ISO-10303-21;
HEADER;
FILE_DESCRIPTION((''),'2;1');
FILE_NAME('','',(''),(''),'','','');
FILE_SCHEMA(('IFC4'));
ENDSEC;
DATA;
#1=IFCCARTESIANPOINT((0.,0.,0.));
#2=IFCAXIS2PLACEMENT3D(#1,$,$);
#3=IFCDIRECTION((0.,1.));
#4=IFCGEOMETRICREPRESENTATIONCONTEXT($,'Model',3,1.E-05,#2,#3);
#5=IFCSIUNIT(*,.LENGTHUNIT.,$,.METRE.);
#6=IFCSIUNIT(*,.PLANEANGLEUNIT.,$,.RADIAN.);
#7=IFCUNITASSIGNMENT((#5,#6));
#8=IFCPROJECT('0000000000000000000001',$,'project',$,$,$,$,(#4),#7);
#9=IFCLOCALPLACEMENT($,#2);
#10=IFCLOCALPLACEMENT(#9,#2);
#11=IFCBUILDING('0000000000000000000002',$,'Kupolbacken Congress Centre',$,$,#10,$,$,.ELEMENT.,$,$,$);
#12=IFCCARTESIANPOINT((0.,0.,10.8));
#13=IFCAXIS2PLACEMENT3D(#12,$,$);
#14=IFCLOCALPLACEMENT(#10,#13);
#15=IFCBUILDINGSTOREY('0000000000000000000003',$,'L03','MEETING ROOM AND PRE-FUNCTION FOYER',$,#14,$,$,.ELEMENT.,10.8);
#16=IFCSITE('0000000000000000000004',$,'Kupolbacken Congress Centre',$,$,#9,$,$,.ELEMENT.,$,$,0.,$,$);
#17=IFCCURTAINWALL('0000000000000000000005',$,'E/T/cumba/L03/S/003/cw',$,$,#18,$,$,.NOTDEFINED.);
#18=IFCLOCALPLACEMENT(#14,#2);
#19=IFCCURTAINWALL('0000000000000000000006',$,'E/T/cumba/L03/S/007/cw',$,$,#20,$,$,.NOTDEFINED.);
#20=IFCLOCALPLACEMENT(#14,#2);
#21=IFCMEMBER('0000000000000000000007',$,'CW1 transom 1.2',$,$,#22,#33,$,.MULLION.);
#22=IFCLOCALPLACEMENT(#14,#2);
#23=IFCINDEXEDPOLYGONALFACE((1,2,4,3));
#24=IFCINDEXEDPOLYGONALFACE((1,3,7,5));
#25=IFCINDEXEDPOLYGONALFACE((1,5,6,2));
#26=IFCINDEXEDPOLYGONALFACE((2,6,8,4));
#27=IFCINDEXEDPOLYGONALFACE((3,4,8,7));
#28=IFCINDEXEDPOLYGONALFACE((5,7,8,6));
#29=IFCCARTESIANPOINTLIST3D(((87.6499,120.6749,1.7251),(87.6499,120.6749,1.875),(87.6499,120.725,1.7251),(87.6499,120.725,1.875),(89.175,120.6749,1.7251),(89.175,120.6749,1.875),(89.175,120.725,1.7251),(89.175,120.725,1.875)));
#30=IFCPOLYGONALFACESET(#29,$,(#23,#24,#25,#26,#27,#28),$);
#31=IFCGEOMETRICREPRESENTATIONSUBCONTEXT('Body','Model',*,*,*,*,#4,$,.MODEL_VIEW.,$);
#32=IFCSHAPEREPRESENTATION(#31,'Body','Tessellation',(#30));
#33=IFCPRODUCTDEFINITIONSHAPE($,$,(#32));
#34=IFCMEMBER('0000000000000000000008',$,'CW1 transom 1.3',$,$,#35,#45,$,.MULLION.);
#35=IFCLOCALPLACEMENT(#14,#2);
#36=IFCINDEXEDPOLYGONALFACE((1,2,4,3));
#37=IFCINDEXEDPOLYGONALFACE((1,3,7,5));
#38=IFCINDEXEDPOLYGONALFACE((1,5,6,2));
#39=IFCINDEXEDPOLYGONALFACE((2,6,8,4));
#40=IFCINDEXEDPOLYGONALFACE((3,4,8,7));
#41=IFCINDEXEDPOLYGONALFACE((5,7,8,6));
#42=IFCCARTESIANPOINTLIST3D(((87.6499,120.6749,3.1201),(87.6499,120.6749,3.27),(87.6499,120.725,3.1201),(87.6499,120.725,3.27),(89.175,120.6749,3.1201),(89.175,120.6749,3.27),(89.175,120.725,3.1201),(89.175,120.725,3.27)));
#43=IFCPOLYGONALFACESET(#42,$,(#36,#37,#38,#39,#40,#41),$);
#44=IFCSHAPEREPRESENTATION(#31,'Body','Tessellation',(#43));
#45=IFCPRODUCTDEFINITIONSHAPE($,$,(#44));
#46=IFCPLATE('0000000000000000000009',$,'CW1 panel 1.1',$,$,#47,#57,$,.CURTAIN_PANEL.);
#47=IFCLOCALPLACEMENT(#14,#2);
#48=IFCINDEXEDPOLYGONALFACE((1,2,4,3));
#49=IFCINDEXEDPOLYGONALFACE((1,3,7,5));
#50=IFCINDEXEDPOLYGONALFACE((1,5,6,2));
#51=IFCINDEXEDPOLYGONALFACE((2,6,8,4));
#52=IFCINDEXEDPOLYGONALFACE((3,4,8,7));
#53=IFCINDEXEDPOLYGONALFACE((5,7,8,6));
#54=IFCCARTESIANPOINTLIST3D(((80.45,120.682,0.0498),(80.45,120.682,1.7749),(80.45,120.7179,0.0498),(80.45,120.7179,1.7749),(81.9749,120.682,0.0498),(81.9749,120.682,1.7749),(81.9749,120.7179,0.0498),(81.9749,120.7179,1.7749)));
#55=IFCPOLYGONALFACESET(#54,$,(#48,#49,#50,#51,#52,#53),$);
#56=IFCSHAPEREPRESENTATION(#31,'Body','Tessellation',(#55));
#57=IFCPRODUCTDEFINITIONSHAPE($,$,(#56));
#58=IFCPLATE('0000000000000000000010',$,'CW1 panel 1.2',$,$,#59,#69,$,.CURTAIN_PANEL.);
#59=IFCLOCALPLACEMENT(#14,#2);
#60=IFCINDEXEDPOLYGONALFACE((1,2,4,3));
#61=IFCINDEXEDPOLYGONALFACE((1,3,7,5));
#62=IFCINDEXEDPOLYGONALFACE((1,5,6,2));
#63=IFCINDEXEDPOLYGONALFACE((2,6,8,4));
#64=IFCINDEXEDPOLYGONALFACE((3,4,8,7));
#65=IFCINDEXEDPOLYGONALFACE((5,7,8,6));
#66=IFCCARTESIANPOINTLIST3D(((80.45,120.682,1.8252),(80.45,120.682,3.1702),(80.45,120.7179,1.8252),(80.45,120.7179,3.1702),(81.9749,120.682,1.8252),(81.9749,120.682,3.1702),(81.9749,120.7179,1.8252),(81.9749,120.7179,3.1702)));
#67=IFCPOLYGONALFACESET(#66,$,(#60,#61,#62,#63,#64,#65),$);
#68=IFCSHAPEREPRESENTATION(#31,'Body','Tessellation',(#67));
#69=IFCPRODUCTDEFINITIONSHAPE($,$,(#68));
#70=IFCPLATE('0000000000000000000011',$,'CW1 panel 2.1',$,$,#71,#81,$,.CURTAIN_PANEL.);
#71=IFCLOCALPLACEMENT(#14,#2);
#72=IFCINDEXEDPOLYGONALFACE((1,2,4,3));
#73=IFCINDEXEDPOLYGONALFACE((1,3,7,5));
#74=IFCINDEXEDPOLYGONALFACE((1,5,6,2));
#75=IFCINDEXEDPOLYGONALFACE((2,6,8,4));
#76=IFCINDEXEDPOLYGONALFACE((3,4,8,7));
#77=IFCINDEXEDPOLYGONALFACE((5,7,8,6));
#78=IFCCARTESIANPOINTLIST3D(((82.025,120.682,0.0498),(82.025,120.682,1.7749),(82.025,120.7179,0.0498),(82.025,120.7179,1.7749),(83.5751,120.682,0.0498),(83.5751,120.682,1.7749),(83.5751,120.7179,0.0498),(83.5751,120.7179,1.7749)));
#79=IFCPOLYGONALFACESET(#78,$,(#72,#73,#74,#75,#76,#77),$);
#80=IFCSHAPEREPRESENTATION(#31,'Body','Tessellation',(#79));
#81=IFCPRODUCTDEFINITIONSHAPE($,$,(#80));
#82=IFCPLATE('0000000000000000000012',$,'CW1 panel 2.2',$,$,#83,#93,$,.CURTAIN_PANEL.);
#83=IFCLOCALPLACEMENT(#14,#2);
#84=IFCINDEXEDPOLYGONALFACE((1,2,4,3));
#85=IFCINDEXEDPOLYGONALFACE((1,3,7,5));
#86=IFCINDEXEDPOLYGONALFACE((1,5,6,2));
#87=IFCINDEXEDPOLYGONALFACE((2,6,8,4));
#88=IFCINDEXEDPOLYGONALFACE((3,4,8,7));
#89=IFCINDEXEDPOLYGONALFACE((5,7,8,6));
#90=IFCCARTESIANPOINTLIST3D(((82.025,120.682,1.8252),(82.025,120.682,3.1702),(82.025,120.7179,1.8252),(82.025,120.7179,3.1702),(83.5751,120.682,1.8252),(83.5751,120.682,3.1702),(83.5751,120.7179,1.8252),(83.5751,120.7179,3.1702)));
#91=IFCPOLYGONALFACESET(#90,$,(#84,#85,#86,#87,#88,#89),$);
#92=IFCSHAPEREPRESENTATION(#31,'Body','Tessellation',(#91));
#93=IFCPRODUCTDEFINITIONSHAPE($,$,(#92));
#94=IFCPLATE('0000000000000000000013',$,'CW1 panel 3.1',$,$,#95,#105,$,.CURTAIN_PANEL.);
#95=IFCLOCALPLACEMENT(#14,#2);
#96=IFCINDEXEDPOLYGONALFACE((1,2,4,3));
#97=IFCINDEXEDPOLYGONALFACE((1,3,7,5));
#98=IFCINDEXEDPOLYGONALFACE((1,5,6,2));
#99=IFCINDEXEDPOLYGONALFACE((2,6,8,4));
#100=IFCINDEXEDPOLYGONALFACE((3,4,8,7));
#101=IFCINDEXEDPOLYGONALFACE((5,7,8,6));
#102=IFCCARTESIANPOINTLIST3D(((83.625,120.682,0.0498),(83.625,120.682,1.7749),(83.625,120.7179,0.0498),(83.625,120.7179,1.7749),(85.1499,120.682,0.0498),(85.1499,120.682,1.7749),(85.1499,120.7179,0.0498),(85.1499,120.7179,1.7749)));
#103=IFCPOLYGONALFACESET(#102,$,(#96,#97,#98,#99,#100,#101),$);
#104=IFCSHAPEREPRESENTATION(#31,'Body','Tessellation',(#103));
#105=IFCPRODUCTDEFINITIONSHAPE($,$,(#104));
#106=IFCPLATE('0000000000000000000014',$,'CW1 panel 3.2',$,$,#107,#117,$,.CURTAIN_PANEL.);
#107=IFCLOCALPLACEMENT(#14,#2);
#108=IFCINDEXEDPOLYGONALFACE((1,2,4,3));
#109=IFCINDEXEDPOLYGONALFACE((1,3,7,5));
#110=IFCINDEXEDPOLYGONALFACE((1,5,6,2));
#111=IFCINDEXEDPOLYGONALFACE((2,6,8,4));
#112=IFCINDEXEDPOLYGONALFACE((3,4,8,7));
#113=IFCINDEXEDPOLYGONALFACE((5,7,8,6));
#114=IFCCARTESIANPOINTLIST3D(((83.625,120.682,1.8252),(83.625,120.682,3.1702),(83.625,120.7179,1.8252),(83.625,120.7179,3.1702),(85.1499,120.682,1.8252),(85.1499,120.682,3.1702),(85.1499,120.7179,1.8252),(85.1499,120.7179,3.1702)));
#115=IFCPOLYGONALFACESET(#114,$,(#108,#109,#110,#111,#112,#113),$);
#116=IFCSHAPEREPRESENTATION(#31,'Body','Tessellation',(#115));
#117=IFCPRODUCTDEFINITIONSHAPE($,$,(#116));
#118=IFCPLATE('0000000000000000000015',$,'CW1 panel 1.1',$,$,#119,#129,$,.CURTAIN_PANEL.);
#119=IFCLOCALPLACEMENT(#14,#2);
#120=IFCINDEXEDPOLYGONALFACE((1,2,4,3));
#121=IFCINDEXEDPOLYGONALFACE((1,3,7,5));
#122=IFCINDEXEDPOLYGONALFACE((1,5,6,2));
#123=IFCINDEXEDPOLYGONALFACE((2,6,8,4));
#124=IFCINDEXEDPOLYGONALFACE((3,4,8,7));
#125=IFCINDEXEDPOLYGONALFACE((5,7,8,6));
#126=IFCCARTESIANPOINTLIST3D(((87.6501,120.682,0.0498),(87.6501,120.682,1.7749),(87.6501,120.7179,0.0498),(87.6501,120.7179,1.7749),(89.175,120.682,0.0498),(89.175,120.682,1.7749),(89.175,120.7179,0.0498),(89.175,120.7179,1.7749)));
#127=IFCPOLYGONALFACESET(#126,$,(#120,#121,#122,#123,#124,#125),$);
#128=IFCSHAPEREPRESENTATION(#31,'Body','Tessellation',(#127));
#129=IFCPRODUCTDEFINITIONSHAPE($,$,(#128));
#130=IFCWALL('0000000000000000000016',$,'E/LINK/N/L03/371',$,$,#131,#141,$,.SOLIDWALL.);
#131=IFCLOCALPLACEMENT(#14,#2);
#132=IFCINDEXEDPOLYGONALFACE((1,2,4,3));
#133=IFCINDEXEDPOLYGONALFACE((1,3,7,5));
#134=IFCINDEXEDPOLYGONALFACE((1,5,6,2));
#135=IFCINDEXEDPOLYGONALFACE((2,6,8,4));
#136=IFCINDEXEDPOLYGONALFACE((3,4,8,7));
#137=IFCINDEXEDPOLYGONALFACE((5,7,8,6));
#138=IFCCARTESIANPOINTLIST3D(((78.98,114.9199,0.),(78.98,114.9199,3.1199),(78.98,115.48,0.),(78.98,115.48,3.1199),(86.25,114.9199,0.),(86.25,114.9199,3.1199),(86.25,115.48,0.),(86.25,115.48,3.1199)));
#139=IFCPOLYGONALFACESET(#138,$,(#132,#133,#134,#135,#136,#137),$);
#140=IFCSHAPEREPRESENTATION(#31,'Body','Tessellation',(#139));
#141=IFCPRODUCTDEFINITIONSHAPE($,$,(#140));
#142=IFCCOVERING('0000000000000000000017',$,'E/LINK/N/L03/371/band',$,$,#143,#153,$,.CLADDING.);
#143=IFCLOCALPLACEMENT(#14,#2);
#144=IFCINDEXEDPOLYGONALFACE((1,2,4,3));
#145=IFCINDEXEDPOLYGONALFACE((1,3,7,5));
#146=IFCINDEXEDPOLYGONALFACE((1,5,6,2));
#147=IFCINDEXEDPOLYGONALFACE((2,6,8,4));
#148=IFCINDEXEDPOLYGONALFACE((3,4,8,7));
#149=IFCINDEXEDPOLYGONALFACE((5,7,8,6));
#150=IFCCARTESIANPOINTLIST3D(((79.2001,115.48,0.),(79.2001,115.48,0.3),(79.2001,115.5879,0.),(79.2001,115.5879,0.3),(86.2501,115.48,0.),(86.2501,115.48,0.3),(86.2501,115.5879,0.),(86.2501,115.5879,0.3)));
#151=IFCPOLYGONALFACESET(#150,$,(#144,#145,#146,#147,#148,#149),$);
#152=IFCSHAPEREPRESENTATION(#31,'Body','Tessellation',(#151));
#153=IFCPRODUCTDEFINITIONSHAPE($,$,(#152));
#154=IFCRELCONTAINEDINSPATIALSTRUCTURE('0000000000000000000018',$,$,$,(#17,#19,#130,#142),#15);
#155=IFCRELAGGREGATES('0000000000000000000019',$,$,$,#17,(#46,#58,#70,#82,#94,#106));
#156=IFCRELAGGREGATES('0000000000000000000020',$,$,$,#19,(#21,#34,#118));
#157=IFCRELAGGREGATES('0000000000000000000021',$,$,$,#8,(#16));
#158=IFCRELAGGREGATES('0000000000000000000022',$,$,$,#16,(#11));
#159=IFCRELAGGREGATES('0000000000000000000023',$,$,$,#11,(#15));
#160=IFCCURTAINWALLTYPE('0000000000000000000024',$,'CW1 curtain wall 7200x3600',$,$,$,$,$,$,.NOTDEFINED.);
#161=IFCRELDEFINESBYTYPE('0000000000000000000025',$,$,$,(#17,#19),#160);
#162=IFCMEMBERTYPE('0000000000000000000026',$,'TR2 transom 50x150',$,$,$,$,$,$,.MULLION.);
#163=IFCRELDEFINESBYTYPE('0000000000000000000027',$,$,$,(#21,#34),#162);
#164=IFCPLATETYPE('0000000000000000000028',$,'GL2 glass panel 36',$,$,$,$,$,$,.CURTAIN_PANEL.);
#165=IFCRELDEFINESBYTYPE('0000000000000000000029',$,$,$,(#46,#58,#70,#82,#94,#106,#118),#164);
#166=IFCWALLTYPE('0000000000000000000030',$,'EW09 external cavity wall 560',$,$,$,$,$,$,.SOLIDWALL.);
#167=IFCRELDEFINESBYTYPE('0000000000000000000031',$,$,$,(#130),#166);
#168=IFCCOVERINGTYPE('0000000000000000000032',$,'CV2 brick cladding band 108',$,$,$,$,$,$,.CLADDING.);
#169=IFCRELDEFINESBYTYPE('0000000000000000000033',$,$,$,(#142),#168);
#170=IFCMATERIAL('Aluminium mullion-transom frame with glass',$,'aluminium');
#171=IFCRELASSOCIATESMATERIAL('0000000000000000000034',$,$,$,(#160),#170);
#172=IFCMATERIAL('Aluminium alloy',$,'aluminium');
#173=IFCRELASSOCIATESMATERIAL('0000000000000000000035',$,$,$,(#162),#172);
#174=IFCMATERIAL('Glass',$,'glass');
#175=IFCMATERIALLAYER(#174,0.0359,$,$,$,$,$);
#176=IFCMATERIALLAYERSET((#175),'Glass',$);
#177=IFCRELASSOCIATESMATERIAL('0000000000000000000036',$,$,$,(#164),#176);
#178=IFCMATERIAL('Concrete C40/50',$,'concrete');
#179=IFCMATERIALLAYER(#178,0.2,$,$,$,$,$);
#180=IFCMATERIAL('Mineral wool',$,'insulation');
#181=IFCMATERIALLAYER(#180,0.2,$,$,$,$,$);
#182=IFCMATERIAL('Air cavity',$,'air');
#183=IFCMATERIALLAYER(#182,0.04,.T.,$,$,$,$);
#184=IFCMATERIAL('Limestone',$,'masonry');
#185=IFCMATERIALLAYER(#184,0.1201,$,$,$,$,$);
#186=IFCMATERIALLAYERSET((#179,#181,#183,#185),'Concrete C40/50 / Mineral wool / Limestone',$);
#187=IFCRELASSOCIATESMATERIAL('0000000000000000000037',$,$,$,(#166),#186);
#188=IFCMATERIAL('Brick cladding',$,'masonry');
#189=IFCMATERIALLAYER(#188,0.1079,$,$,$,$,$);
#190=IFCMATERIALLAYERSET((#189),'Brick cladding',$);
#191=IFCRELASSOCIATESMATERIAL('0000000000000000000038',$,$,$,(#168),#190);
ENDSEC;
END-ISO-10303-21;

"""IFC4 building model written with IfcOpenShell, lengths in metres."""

from ifc_helpers import new_model, si_unit, direction, frame, frame_2d, origin, origin_2d, place, context, subcontext, project, spatial, rectangle, extrude, material, layer, layer_set, material_profile, profile_set, type_object, element, aggregate, save


model = new_model("IFC4")

# Units and contexts
model_context = context("Model", 3, precision=1e-05, world=origin(), true_north=direction((0.0, 1.0)))
body_context = subcontext(model_context, "Body", "Model", "MODEL_VIEW")
ifc_project = project(units=[si_unit("LENGTHUNIT", "METRE"), si_unit("PLANEANGLEUNIT", "RADIAN")], contexts=[model_context])

# Site, building, storey
site_placement = place(None, origin())
site = spatial("IfcSite", under=ifc_project, at=site_placement, Name="Kupolbacken Congress Centre", CompositionType="ELEMENT", RefElevation=0.0)
building_placement = place(site_placement, origin())
building = spatial("IfcBuilding", under=site, at=building_placement, Name="Kupolbacken Congress Centre", CompositionType="ELEMENT")
storey_placement = place(building_placement, frame((0.0, 0.0, 10.8)))
storey = spatial("IfcBuildingStorey", under=building, at=storey_placement, Name="L03", Description="MEETING ROOM AND PRE-FUNCTION FOYER", CompositionType="ELEMENT", Elevation=10.8)

# Curtain wall
ifc_material_1 = material(Name="Aluminium mullion-transom frame with glass", Category="aluminium")
curtain_wall_type = type_object("IfcCurtainWallType", Name="CW1 curtain wall 7200x3600", PredefinedType="NOTDEFINED", material=ifc_material_1)
curtain_wall_1_placement = place(storey_placement, origin())
curtain_wall_1 = element("IfcCurtainWall", 1, at=curtain_wall_1_placement, inside=storey, type_object=curtain_wall_type, Name="E/T/cumba/L03/S/003/cw", PredefinedType="NOTDEFINED")

# Curtain wall
curtain_wall_2_placement = place(storey_placement, origin())
curtain_wall_2 = element("IfcCurtainWall", 2, at=curtain_wall_2_placement, inside=storey, type_object=curtain_wall_type, Name="E/T/cumba/L03/S/007/cw", PredefinedType="NOTDEFINED")

# Members
ifc_material_2 = material(Name="Aluminium alloy", Category="aluminium")
ifc_material_profile_1 = material_profile(ifc_material_2, rectangle(XDim=0.05, YDim=0.1499, at=origin_2d()), Name="50 x 150")
ifc_profile_set_1 = profile_set([ifc_material_profile_1], Name="Aluminium alloy")
member_type_1 = type_object("IfcMemberType", Name="TR2 transom 50x150", PredefinedType="MULLION", material=ifc_profile_set_1)
member_1_placement = place(storey_placement, frame((87.6499, 120.7, 1.8), z_axis=(1.0, 0.0, 0.0), x_axis=(0.0, 1.0, 0.0)))
member_1 = element("IfcMember", 3, at=member_1_placement, type_object=member_type_1, Name="CW1 transom 1.2", PredefinedType="MULLION", context=body_context, shape_type="SweptSolid", body=[
    extrude(rectangle(XDim=0.05, YDim=0.1499, at=origin_2d()), origin(), (0.0, 0.0, 1.0), 1.5251),
])
member_2_placement = place(storey_placement, frame((87.6499, 120.7, 3.1951), z_axis=(1.0, 0.0, 0.0), x_axis=(0.0, 1.0, 0.0)))
member_2 = element("IfcMember", 4, at=member_2_placement, type_object=member_type_1, Name="CW1 transom 1.3", PredefinedType="MULLION", context=body_context, shape_type="SweptSolid", body=[
    extrude(rectangle(XDim=0.05, YDim=0.1499, at=origin_2d()), origin(), (0.0, 0.0, 1.0), 1.5251),
])

# Plates
ifc_material_3 = material(Name="Glass", Category="glass")
ifc_layer_1 = layer(ifc_material_3, 0.0359)
ifc_layer_set_1 = layer_set([ifc_layer_1], Name="Glass")
plate_type = type_object("IfcPlateType", Name="GL2 glass panel 36", PredefinedType="CURTAIN_PANEL", material=ifc_layer_set_1)
plate_1_placement = place(storey_placement, frame((81.2124, 120.7, 0.0498), z_axis=(0.0, 0.0, 1.0), x_axis=(1.0, 0.0, 0.0)))
plate_1 = element("IfcPlate", 5, at=plate_1_placement, type_object=plate_type, Name="CW1 panel 1.1", PredefinedType="CURTAIN_PANEL", context=body_context, shape_type="SweptSolid", body=[
    extrude(rectangle(XDim=1.5249, YDim=0.0359, at=origin_2d()), origin(), (0.0, 0.0, 1.0), 1.7251),
])
plate_2_placement = place(storey_placement, frame((81.2124, 120.7, 1.8252), z_axis=(0.0, 0.0, 1.0), x_axis=(1.0, 0.0, 0.0)))
plate_2 = element("IfcPlate", 6, at=plate_2_placement, type_object=plate_type, Name="CW1 panel 1.2", PredefinedType="CURTAIN_PANEL", context=body_context, shape_type="SweptSolid", body=[
    extrude(rectangle(XDim=1.5249, YDim=0.0359, at=origin_2d()), origin(), (0.0, 0.0, 1.0), 1.345),
])
plate_3_placement = place(storey_placement, frame((82.8, 120.7, 0.0498), z_axis=(0.0, 0.0, 1.0), x_axis=(1.0, 0.0, 0.0)))
plate_3 = element("IfcPlate", 7, at=plate_3_placement, type_object=plate_type, Name="CW1 panel 2.1", PredefinedType="CURTAIN_PANEL", context=body_context, shape_type="SweptSolid", body=[
    extrude(rectangle(XDim=1.55, YDim=0.0359, at=origin_2d()), origin(), (0.0, 0.0, 1.0), 1.7251),
])
plate_4_placement = place(storey_placement, frame((82.8, 120.7, 1.8252), z_axis=(0.0, 0.0, 1.0), x_axis=(1.0, 0.0, 0.0)))
plate_4 = element("IfcPlate", 8, at=plate_4_placement, type_object=plate_type, Name="CW1 panel 2.2", PredefinedType="CURTAIN_PANEL", context=body_context, shape_type="SweptSolid", body=[
    extrude(rectangle(XDim=1.55, YDim=0.0359, at=origin_2d()), origin(), (0.0, 0.0, 1.0), 1.345),
])
plate_5_placement = place(storey_placement, frame((84.3875, 120.7, 0.0498), z_axis=(0.0, 0.0, 1.0), x_axis=(1.0, 0.0, 0.0)))
plate_5 = element("IfcPlate", 9, at=plate_5_placement, type_object=plate_type, Name="CW1 panel 3.1", PredefinedType="CURTAIN_PANEL", context=body_context, shape_type="SweptSolid", body=[
    extrude(rectangle(XDim=1.5249, YDim=0.0359, at=origin_2d()), origin(), (0.0, 0.0, 1.0), 1.7251),
])
plate_6_placement = place(storey_placement, frame((84.3875, 120.7, 1.8252), z_axis=(0.0, 0.0, 1.0), x_axis=(1.0, 0.0, 0.0)))
plate_6 = element("IfcPlate", 10, at=plate_6_placement, type_object=plate_type, Name="CW1 panel 3.2", PredefinedType="CURTAIN_PANEL", context=body_context, shape_type="SweptSolid", body=[
    extrude(rectangle(XDim=1.5249, YDim=0.0359, at=origin_2d()), origin(), (0.0, 0.0, 1.0), 1.345),
])
aggregate(curtain_wall_1, [plate_1, plate_2, plate_3, plate_4, plate_5, plate_6])
plate_7_placement = place(storey_placement, frame((88.4126, 120.7, 0.0498), z_axis=(0.0, 0.0, 1.0), x_axis=(1.0, 0.0, 0.0)))
plate_7 = element("IfcPlate", 11, at=plate_7_placement, type_object=plate_type, Name="CW1 panel 1.1", PredefinedType="CURTAIN_PANEL", context=body_context, shape_type="SweptSolid", body=[
    extrude(rectangle(XDim=1.5249, YDim=0.0359, at=origin_2d()), origin(), (0.0, 0.0, 1.0), 1.7251),
])
aggregate(curtain_wall_2, [member_1, member_2, plate_7])

# Wall
ifc_material_4 = material(Name="Concrete C40/50", Category="concrete")
ifc_layer_2 = layer(ifc_material_4, 0.2)
ifc_material_5 = material(Name="Mineral wool", Category="insulation")
ifc_layer_3 = layer(ifc_material_5, 0.2)
ifc_material_6 = material(Name="Air cavity", Category="air")
ifc_layer_4 = layer(ifc_material_6, 0.04, ventilated=True)
ifc_material_7 = material(Name="Limestone", Category="masonry")
ifc_layer_5 = layer(ifc_material_7, 0.1201)
ifc_layer_set_2 = layer_set([ifc_layer_2, ifc_layer_3, ifc_layer_4, ifc_layer_5], Name="Concrete C40/50 / Mineral wool / Limestone")
wall_type = type_object("IfcWallType", Name="EW09 external cavity wall 560", PredefinedType="SOLIDWALL", material=ifc_layer_set_2)
wall_placement = place(storey_placement, frame((86.25, 115.2, 0.0), z_axis=(0.0, 0.0, 1.0), x_axis=(-1.0, 0.0, 0.0)))
element("IfcWall", 12, at=wall_placement, inside=storey, type_object=wall_type, Name="E/LINK/N/L03/371", PredefinedType="SOLIDWALL", context=body_context, shape_type="SweptSolid", body=[
    extrude(rectangle(XDim=7.27, YDim=0.5601, at=frame_2d((3.635, 0.0))), origin(), (0.0, 0.0, 1.0), 3.1199),
])

# Covering
ifc_material_8 = material(Name="Brick cladding", Category="masonry")
ifc_layer_6 = layer(ifc_material_8, 0.1079)
ifc_layer_set_3 = layer_set([ifc_layer_6], Name="Brick cladding")
covering_type = type_object("IfcCoveringType", Name="CV2 brick cladding band 108", PredefinedType="CLADDING", material=ifc_layer_set_3)
covering_placement = place(storey_placement, frame((82.7251, 115.5339, 0.0), z_axis=(0.0, 0.0, 1.0), x_axis=(-1.0, 0.0, 0.0)))
element("IfcCovering", 13, at=covering_placement, inside=storey, type_object=covering_type, Name="E/LINK/N/L03/371/band", PredefinedType="CLADDING", context=body_context, shape_type="SweptSolid", body=[
    extrude(rectangle(XDim=7.05, YDim=0.1079, at=origin_2d()), origin(), (0.0, 0.0, 1.0), 0.3),
])

save(model, "model.ifc")
